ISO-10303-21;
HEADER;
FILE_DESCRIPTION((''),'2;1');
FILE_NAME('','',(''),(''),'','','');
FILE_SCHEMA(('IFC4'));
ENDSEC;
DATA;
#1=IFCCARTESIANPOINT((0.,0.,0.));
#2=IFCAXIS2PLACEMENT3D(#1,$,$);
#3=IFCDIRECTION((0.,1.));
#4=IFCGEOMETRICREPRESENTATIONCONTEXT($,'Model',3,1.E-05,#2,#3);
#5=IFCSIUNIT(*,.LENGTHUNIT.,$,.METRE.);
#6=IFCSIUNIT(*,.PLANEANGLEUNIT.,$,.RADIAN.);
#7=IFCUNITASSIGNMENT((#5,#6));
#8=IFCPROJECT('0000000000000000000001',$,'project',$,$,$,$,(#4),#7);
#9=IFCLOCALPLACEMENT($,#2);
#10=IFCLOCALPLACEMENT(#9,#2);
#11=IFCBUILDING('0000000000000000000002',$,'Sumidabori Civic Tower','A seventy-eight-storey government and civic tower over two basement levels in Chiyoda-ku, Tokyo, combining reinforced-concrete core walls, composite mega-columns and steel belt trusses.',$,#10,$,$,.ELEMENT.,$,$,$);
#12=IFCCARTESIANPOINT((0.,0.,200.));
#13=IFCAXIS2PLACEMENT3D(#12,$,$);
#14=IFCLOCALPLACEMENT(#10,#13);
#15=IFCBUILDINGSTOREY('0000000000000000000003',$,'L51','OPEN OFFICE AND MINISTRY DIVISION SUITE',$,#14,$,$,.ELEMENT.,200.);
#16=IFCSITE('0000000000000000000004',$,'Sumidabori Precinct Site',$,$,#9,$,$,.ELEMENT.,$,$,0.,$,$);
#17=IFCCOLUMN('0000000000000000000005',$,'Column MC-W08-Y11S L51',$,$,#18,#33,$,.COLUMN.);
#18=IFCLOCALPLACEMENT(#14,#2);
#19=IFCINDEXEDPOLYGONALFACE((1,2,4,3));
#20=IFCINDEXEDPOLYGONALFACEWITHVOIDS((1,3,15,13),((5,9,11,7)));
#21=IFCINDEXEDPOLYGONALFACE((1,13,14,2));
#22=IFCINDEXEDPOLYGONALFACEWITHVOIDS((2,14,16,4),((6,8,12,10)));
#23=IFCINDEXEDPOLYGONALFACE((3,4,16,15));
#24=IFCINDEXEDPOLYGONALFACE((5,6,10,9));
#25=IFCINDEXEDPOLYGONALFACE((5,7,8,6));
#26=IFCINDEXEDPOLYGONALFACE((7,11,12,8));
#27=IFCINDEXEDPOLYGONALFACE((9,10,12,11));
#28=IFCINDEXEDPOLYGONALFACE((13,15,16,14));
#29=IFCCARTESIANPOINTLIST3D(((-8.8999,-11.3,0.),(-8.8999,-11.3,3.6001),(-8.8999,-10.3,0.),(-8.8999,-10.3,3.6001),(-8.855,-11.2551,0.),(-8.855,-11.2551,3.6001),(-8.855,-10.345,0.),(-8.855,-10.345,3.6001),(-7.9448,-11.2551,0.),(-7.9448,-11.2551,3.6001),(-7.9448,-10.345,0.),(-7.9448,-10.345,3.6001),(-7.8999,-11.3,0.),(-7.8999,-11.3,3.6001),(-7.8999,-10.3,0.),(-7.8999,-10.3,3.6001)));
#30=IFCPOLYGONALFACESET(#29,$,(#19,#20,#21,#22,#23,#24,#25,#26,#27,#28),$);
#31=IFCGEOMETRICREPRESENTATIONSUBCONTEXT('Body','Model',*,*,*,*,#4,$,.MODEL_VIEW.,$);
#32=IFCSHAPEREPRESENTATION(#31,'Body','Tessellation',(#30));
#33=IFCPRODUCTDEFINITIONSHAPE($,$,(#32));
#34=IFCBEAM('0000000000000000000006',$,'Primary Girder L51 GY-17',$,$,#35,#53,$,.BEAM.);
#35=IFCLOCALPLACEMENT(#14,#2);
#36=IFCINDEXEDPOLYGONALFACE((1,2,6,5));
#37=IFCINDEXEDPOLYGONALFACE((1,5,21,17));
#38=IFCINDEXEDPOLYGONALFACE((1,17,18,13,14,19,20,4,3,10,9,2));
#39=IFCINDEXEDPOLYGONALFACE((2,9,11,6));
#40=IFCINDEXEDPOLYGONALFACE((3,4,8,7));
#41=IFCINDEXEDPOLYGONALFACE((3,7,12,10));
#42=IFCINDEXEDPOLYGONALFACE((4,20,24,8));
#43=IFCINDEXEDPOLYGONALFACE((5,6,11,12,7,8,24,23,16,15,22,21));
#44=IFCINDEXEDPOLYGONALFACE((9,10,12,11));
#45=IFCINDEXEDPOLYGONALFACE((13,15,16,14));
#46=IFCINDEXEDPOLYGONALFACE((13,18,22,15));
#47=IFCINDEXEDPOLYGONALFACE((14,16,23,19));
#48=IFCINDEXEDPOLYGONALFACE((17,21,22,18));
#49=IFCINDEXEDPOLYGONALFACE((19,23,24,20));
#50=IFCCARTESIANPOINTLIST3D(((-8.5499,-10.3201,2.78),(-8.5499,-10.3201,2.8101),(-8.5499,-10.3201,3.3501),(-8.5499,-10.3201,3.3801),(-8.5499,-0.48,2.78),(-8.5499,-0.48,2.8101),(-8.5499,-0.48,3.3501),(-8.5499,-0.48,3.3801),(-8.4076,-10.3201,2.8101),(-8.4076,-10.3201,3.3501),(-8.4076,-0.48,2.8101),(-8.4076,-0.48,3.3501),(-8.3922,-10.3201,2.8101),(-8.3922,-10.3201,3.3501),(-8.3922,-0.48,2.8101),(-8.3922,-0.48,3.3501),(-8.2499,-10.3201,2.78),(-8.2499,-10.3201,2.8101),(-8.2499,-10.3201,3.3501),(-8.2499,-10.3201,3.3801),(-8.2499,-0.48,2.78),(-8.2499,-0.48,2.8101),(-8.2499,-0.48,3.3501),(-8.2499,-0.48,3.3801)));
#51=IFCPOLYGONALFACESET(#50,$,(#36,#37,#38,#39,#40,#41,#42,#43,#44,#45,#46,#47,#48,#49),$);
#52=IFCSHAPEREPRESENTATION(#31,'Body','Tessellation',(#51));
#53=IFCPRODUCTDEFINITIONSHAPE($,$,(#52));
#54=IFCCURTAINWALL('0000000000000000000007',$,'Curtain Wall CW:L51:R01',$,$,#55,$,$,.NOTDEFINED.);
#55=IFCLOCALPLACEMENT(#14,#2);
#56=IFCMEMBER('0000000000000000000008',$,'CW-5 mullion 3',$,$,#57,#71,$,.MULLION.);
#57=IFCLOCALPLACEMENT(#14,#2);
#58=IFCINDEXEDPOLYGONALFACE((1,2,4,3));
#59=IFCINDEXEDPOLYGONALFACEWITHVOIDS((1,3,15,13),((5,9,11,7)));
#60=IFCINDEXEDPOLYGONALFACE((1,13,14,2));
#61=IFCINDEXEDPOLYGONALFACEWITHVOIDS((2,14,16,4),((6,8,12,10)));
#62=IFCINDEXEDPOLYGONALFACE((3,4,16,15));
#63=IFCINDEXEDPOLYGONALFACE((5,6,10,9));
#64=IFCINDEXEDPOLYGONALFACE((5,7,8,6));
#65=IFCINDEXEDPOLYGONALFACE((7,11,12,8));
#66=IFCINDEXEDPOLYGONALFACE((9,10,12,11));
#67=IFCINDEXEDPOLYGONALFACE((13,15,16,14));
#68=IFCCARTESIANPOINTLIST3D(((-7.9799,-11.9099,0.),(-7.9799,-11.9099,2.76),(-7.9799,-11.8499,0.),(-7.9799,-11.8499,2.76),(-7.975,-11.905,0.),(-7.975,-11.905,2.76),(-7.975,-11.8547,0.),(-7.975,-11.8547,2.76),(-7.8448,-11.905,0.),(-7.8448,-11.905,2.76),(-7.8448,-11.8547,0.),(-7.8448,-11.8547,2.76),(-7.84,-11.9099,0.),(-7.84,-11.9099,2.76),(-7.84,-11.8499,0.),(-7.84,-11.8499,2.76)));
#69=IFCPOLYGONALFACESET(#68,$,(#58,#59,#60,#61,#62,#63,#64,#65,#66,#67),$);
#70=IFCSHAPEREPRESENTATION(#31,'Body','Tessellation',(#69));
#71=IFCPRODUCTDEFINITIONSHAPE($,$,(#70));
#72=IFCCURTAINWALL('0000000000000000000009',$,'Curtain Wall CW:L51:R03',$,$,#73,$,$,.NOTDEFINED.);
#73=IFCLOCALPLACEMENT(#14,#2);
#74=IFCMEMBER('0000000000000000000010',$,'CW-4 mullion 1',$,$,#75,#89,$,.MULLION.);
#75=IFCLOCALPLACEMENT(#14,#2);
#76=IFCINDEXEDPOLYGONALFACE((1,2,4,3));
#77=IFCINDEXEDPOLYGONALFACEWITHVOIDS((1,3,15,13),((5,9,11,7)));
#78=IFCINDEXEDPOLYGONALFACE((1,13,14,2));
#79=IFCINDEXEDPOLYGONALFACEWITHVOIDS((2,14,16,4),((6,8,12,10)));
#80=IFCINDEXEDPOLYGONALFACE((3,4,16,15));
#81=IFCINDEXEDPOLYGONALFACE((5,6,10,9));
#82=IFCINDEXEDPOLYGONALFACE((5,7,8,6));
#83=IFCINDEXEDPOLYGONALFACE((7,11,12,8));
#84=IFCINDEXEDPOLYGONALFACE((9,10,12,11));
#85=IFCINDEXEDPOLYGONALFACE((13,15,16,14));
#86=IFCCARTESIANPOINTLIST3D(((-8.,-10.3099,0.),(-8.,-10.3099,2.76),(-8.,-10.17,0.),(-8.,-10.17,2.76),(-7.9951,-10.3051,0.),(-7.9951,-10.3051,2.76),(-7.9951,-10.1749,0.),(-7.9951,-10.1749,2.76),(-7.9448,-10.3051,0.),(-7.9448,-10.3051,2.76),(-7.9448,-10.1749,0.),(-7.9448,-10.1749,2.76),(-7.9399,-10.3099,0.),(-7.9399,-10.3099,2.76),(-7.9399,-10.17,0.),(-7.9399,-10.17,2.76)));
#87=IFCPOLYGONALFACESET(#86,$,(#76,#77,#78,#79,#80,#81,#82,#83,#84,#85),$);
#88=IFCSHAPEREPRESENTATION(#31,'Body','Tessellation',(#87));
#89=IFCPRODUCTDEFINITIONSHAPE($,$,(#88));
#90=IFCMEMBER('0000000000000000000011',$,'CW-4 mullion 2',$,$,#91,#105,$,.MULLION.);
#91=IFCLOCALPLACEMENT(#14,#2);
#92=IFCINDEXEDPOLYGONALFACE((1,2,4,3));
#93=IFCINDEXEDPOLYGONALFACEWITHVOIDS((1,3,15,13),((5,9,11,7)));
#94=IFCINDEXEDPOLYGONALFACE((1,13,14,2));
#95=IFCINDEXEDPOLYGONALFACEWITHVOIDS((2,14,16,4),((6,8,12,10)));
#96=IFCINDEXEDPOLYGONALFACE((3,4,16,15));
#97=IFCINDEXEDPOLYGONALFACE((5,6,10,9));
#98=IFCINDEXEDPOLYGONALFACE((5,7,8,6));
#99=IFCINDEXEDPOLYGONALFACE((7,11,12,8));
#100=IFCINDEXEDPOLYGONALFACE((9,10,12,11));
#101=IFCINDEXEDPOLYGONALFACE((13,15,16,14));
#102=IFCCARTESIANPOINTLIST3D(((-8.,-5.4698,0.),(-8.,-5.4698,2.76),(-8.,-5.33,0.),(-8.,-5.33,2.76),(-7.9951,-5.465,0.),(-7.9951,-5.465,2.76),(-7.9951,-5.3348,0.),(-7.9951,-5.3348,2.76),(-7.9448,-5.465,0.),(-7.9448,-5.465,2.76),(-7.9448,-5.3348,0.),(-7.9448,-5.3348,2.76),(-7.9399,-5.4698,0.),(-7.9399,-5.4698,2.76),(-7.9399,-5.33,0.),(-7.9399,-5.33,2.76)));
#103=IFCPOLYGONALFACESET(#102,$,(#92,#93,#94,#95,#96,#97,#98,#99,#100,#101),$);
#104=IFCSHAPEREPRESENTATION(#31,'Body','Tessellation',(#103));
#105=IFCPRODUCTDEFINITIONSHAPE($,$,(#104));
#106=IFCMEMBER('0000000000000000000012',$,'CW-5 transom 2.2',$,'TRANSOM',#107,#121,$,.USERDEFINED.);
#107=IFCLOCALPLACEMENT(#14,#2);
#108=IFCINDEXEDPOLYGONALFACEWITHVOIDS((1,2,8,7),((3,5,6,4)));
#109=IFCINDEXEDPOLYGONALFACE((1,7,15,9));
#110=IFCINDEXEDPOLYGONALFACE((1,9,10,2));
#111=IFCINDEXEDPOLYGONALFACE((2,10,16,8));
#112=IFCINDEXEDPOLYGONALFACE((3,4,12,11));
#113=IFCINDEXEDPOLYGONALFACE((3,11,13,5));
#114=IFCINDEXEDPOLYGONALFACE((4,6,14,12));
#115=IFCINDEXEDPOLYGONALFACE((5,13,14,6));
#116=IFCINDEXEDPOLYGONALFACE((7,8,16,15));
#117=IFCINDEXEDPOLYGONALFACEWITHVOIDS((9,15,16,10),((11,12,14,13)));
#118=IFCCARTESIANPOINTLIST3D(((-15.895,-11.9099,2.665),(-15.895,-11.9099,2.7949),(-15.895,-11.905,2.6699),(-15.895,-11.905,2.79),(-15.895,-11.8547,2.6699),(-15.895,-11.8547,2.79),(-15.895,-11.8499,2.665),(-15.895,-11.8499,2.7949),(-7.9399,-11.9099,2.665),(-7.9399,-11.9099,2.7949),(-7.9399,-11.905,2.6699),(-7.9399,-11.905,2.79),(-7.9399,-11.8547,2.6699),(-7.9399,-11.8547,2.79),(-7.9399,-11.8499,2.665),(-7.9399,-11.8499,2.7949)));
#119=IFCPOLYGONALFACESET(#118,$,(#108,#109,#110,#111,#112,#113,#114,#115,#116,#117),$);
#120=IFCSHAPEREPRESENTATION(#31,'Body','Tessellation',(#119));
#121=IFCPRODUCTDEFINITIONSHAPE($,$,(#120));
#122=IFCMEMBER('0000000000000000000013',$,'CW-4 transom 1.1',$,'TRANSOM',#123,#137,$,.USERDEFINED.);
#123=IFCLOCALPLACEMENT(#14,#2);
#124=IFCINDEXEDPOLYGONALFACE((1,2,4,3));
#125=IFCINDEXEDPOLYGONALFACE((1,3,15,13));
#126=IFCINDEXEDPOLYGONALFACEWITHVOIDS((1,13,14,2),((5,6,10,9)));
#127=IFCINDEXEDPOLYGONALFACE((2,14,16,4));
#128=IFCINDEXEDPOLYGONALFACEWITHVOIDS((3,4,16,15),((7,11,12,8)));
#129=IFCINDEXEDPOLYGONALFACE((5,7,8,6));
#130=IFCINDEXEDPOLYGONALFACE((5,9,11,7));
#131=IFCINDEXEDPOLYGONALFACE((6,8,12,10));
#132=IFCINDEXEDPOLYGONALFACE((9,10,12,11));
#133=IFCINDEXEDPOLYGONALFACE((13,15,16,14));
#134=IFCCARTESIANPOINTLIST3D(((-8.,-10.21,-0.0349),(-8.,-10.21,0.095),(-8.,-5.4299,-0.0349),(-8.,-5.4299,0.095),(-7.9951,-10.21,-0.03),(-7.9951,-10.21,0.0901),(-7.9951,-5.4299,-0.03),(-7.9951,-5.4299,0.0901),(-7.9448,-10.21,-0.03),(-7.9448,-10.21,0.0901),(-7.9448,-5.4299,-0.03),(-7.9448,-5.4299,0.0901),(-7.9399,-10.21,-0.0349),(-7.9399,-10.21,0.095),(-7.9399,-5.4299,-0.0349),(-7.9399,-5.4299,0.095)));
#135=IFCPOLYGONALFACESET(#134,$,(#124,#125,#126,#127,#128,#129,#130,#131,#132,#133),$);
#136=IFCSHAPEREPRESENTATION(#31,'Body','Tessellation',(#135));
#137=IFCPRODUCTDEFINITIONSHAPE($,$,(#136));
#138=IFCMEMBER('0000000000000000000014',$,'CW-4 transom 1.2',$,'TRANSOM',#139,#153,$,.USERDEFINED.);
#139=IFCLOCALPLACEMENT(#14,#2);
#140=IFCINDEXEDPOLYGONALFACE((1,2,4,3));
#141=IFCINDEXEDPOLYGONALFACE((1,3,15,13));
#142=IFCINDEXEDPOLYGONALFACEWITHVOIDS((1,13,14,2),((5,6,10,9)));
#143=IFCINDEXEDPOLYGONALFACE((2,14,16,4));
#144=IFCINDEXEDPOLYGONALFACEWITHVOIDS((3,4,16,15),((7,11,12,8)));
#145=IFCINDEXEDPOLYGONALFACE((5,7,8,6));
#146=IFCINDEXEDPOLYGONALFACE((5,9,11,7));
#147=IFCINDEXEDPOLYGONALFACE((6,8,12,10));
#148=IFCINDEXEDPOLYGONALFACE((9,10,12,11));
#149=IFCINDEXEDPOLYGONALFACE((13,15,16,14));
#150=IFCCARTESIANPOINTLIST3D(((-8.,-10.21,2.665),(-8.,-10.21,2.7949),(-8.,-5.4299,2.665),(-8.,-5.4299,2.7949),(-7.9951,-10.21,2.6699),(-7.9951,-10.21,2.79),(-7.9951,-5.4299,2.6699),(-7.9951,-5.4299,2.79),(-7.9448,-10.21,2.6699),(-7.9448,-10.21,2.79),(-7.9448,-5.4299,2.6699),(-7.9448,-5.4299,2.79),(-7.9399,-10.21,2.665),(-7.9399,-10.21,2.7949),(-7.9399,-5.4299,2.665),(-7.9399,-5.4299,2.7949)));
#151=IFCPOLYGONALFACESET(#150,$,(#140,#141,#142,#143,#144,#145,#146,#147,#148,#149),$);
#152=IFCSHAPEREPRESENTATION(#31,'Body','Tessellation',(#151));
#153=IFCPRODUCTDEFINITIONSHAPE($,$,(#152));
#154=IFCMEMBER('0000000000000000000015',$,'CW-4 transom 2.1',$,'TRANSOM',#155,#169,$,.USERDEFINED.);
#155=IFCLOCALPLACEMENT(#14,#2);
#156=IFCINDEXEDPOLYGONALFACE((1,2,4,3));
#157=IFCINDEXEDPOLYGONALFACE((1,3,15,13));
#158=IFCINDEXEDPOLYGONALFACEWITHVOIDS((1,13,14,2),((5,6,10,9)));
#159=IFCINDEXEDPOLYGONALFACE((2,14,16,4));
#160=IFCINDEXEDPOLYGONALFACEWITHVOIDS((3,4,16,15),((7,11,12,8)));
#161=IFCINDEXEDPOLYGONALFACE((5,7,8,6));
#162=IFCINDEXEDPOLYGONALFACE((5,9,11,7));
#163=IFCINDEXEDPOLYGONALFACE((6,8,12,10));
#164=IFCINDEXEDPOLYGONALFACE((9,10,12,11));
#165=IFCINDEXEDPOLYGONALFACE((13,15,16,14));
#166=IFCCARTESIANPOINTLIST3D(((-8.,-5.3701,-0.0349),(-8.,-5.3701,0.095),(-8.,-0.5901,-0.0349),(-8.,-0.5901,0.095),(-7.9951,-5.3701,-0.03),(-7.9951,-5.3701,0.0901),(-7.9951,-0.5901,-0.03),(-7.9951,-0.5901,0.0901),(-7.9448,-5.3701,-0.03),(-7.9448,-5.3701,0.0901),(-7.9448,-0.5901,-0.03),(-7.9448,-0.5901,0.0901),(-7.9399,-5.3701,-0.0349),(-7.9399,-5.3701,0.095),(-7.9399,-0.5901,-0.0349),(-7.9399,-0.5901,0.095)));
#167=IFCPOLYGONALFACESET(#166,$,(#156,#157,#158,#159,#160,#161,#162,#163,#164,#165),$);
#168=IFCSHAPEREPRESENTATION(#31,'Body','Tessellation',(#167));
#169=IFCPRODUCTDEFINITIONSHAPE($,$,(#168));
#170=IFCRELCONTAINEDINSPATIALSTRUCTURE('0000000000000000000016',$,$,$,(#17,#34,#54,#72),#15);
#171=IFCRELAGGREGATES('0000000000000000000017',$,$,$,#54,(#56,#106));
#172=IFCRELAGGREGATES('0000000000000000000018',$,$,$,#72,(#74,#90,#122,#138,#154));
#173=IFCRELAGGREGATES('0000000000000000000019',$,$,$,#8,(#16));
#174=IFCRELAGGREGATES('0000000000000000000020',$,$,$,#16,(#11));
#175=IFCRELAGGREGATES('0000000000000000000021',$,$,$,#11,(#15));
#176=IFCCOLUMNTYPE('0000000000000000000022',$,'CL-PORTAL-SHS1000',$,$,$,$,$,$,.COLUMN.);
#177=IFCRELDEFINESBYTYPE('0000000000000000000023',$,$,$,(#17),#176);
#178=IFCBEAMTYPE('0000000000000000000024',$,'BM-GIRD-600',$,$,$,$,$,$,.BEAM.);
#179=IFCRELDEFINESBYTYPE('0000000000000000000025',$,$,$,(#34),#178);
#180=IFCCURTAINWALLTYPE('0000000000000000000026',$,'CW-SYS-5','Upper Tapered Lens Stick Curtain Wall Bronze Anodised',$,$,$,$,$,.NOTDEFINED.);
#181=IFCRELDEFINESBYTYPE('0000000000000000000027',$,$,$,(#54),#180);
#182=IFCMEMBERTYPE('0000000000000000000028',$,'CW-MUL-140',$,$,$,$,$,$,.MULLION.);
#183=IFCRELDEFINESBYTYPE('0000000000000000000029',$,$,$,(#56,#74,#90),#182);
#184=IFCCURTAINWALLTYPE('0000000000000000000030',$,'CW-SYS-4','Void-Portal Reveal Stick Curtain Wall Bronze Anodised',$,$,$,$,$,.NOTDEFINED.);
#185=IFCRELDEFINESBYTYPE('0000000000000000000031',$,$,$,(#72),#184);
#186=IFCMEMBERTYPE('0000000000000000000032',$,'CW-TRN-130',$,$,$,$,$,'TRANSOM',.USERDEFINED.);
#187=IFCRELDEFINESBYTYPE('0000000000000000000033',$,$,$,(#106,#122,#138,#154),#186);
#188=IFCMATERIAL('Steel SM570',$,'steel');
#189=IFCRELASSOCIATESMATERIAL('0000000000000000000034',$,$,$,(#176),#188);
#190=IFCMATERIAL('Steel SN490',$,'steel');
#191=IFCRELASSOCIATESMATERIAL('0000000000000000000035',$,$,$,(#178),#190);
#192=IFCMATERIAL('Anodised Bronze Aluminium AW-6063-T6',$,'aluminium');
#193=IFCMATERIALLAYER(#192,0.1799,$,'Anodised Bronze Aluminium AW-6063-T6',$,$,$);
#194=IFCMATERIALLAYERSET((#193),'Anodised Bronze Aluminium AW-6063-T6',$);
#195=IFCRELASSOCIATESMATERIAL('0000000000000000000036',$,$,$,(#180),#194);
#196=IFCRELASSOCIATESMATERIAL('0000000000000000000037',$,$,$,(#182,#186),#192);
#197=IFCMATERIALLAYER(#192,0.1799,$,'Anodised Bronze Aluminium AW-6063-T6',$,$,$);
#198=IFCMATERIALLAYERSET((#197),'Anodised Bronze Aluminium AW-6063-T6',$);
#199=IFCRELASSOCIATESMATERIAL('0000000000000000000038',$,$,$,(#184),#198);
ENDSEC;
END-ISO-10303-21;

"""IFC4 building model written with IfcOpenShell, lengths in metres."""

from ifc_helpers import new_model, si_unit, direction, frame, origin, origin_2d, place, context, subcontext, project, spatial, hollow_rectangle, i_section, extrude, source, transform, mapped, material, layer, layer_set, material_profile, profile_set, type_object, element, aggregate, save


model = new_model("IFC4")

# Units and contexts
model_context = context("Model", 3, precision=1e-05, world=origin(), true_north=direction((0.0, 1.0)))
body_context = subcontext(model_context, "Body", "Model", "MODEL_VIEW")
ifc_project = project(units=[si_unit("LENGTHUNIT", "METRE"), si_unit("PLANEANGLEUNIT", "RADIAN")], contexts=[model_context])

# Site, building, storey
site_placement = place(None, origin())
site = spatial("IfcSite", under=ifc_project, at=site_placement, Name="Sumidabori Precinct Site", CompositionType="ELEMENT", RefElevation=0.0)
building_placement = place(site_placement, origin())
building = spatial("IfcBuilding", under=site, at=building_placement, Name="Sumidabori Civic Tower", Description="A seventy-eight-storey government and civic tower over two basement levels in Chiyoda-ku, Tokyo, combining reinforced-concrete core walls, composite mega-columns and steel belt trusses.", CompositionType="ELEMENT")
storey_placement = place(building_placement, frame((0.0, 0.0, 200.0)))
storey = spatial("IfcBuildingStorey", under=building, at=storey_placement, Name="L51", Description="OPEN OFFICE AND MINISTRY DIVISION SUITE", CompositionType="ELEMENT", Elevation=200.0)

# Column
ifc_material_1 = material(Name="Steel SM570", Category="steel")
ifc_material_profile_1 = material_profile(ifc_material_1, hollow_rectangle(XDim=1.0, YDim=1.0, WallThickness=0.0449, at=origin_2d()), Name="SHS 1000x1000x45")
ifc_profile_set_1 = profile_set([ifc_material_profile_1], Name="Steel SM570")
column_type = type_object("IfcColumnType", Name="CL-PORTAL-SHS1000", PredefinedType="COLUMN", material=ifc_profile_set_1)
shared_shape_1 = source(origin(), body_context, "Body", "SweptSolid", [
    extrude(hollow_rectangle(XDim=1.0, YDim=1.0, WallThickness=0.0449, at=origin_2d()), origin(), (0.0, 0.0, 1.0), 3.6001),
])
column_placement = place(storey_placement, frame((-8.3999, -10.8, 0.0), z_axis=(0.0, 0.0, 1.0), x_axis=(1.0, 0.0, 0.0)))
element("IfcColumn", 1, at=column_placement, inside=storey, type_object=column_type, Name="Column MC-W08-Y11S L51", PredefinedType="COLUMN", context=body_context, shape_type="MappedRepresentation", body=[
    mapped(shared_shape_1, transform((0.0, 0.0, 0.0), x_axis=(1.0, 0.0, 0.0), y_axis=(0.0, 1.0, 0.0), z_axis=(0.0, 0.0, 1.0), scale=1.0)),
])

# Beam
ifc_material_2 = material(Name="Steel SN490", Category="steel")
ifc_material_profile_2 = material_profile(ifc_material_2, i_section(OverallWidth=0.3, OverallDepth=0.6001, WebThickness=0.0154, FlangeThickness=0.03, at=origin_2d()), Name="HE 600 B")
ifc_profile_set_2 = profile_set([ifc_material_profile_2], Name="Steel SN490")
beam_type = type_object("IfcBeamType", Name="BM-GIRD-600", PredefinedType="BEAM", material=ifc_profile_set_2)
shared_shape_2 = source(origin(), body_context, "Body", "SweptSolid", [
    extrude(i_section(OverallWidth=0.3, OverallDepth=0.6001, WebThickness=0.0154, FlangeThickness=0.03, at=origin_2d()), origin(), (0.0, 0.0, 1.0), 9.8401),
])
beam_placement = place(storey_placement, frame((-8.3999, -10.3201, 3.0801), z_axis=(0.0, 1.0, 0.0), x_axis=(-1.0, 0.0, 0.0)))
element("IfcBeam", 2, at=beam_placement, inside=storey, type_object=beam_type, Name="Primary Girder L51 GY-17", PredefinedType="BEAM", context=body_context, shape_type="MappedRepresentation", body=[
    mapped(shared_shape_2, transform((0.0, 0.0, 0.0), x_axis=(1.0, 0.0, 0.0), y_axis=(0.0, 1.0, 0.0), z_axis=(0.0, 0.0, 1.0), scale=1.0)),
])

# Curtain wall, member
ifc_material_3 = material(Name="Anodised Bronze Aluminium AW-6063-T6", Category="aluminium")
ifc_layer_1 = layer(ifc_material_3, 0.1799, Name="Anodised Bronze Aluminium AW-6063-T6")
ifc_layer_set_1 = layer_set([ifc_layer_1], Name="Anodised Bronze Aluminium AW-6063-T6")
curtain_wall_type_1 = type_object("IfcCurtainWallType", Name="CW-SYS-5", Description="Upper Tapered Lens Stick Curtain Wall Bronze Anodised", PredefinedType="NOTDEFINED", material=ifc_layer_set_1)
curtain_wall_1_placement = place(storey_placement, origin())
curtain_wall_1 = element("IfcCurtainWall", 3, at=curtain_wall_1_placement, inside=storey, type_object=curtain_wall_type_1, Name="Curtain Wall CW:L51:R01", PredefinedType="NOTDEFINED")
ifc_material_profile_3 = material_profile(ifc_material_3, hollow_rectangle(XDim=0.0601, YDim=0.1399, WallThickness=0.0049, at=origin_2d()), Name="ALU MULLION 140x60")
ifc_profile_set_3 = profile_set([ifc_material_profile_3], Name="Anodised Bronze Aluminium AW-6063-T6")
member_type_1 = type_object("IfcMemberType", Name="CW-MUL-140", PredefinedType="MULLION", material=ifc_profile_set_3)
shared_shape_3 = source(origin(), body_context, "Body", "SweptSolid", [
    extrude(hollow_rectangle(XDim=0.0601, YDim=0.1399, WallThickness=0.0049, at=origin_2d()), origin(), (0.0, 0.0, 1.0), 2.76),
])
member_1_placement = place(storey_placement, frame((-7.9099, -11.8799, 0.0), z_axis=(0.0, 0.0, 1.0), x_axis=(0.0, 1.0, 0.0)))
member_1 = element("IfcMember", 4, at=member_1_placement, type_object=member_type_1, Name="CW-5 mullion 3", PredefinedType="MULLION", context=body_context, shape_type="MappedRepresentation", body=[
    mapped(shared_shape_3, transform((0.0, 0.0, 0.0), x_axis=(1.0, 0.0, 0.0), y_axis=(0.0, 1.0, 0.0), z_axis=(0.0, 0.0, 1.0), scale=1.0)),
])

# Curtain wall, members
ifc_layer_2 = layer(ifc_material_3, 0.1799, Name="Anodised Bronze Aluminium AW-6063-T6")
ifc_layer_set_2 = layer_set([ifc_layer_2], Name="Anodised Bronze Aluminium AW-6063-T6")
curtain_wall_type_2 = type_object("IfcCurtainWallType", Name="CW-SYS-4", Description="Void-Portal Reveal Stick Curtain Wall Bronze Anodised", PredefinedType="NOTDEFINED", material=ifc_layer_set_2)
curtain_wall_2_placement = place(storey_placement, origin())
curtain_wall_2 = element("IfcCurtainWall", 5, at=curtain_wall_2_placement, inside=storey, type_object=curtain_wall_type_2, Name="Curtain Wall CW:L51:R03", PredefinedType="NOTDEFINED")
member_2_placement = place(storey_placement, frame((-7.97, -10.24, 0.0), z_axis=(0.0, 0.0, 1.0), x_axis=(-1.0, 0.0, 0.0)))
member_2 = element("IfcMember", 6, at=member_2_placement, type_object=member_type_1, Name="CW-4 mullion 1", PredefinedType="MULLION", context=body_context, shape_type="MappedRepresentation", body=[
    mapped(shared_shape_3, transform((0.0, 0.0, 0.0), x_axis=(1.0, 0.0, 0.0), y_axis=(0.0, 1.0, 0.0), z_axis=(0.0, 0.0, 1.0), scale=1.0)),
])
member_3_placement = place(storey_placement, frame((-7.97, -5.3999, 0.0), z_axis=(0.0, 0.0, 1.0), x_axis=(-1.0, 0.0, 0.0)))
member_3 = element("IfcMember", 7, at=member_3_placement, type_object=member_type_1, Name="CW-4 mullion 2", PredefinedType="MULLION", context=body_context, shape_type="MappedRepresentation", body=[
    mapped(shared_shape_3, transform((0.0, 0.0, 0.0), x_axis=(1.0, 0.0, 0.0), y_axis=(0.0, 1.0, 0.0), z_axis=(0.0, 0.0, 1.0), scale=1.0)),
])

# Members
ifc_material_profile_4 = material_profile(ifc_material_3, hollow_rectangle(XDim=0.0601, YDim=0.1299, WallThickness=0.0049, at=origin_2d()), Name="ALU TRANSOM 130x60")
ifc_profile_set_4 = profile_set([ifc_material_profile_4], Name="Anodised Bronze Aluminium AW-6063-T6")
member_type_2 = type_object("IfcMemberType", Name="CW-TRN-130", ElementType="TRANSOM", PredefinedType="USERDEFINED", material=ifc_profile_set_4)
shared_shape_4 = source(origin(), body_context, "Body", "SweptSolid", [
    extrude(hollow_rectangle(XDim=0.0601, YDim=0.1299, WallThickness=0.0049, at=origin_2d()), origin(), (0.0, 0.0, 1.0), 7.9551),
])
member_4_placement = place(storey_placement, frame((-15.895, -11.8799, 2.73), z_axis=(1.0, 0.0, 0.0), x_axis=(0.0, 1.0, 0.0)))
member_4 = element("IfcMember", 8, at=member_4_placement, type_object=member_type_2, Name="CW-5 transom 2.2", ObjectType="TRANSOM", PredefinedType="USERDEFINED", context=body_context, shape_type="MappedRepresentation", body=[
    mapped(shared_shape_4, transform((0.0, 0.0, 0.0), x_axis=(1.0, 0.0, 0.0), y_axis=(0.0, 1.0, 0.0), z_axis=(0.0, 0.0, 1.0), scale=1.0)),
])
shared_shape_5 = source(origin(), body_context, "Body", "SweptSolid", [
    extrude(hollow_rectangle(XDim=0.0601, YDim=0.1299, WallThickness=0.0049, at=origin_2d()), origin(), (0.0, 0.0, 1.0), 4.78),
])
member_5_placement = place(storey_placement, frame((-7.97, -10.21, 0.03), z_axis=(0.0, 1.0, 0.0), x_axis=(-1.0, 0.0, 0.0)))
member_5 = element("IfcMember", 9, at=member_5_placement, type_object=member_type_2, Name="CW-4 transom 1.1", ObjectType="TRANSOM", PredefinedType="USERDEFINED", context=body_context, shape_type="MappedRepresentation", body=[
    mapped(shared_shape_5, transform((0.0, 0.0, 0.0), x_axis=(1.0, 0.0, 0.0), y_axis=(0.0, 1.0, 0.0), z_axis=(0.0, 0.0, 1.0), scale=1.0)),
])
member_6_placement = place(storey_placement, frame((-7.97, -10.21, 2.73), z_axis=(0.0, 1.0, 0.0), x_axis=(-1.0, 0.0, 0.0)))
member_6 = element("IfcMember", 10, at=member_6_placement, type_object=member_type_2, Name="CW-4 transom 1.2", ObjectType="TRANSOM", PredefinedType="USERDEFINED", context=body_context, shape_type="MappedRepresentation", body=[
    mapped(shared_shape_5, transform((0.0, 0.0, 0.0), x_axis=(1.0, 0.0, 0.0), y_axis=(0.0, 1.0, 0.0), z_axis=(0.0, 0.0, 1.0), scale=1.0)),
])
member_7_placement = place(storey_placement, frame((-7.97, -5.3701, 0.03), z_axis=(0.0, 1.0, 0.0), x_axis=(-1.0, 0.0, 0.0)))
member_7 = element("IfcMember", 11, at=member_7_placement, type_object=member_type_2, Name="CW-4 transom 2.1", ObjectType="TRANSOM", PredefinedType="USERDEFINED", context=body_context, shape_type="MappedRepresentation", body=[
    mapped(shared_shape_5, transform((0.0, 0.0, 0.0), x_axis=(1.0, 0.0, 0.0), y_axis=(0.0, 1.0, 0.0), z_axis=(0.0, 0.0, 1.0), scale=1.0)),
])

aggregate(curtain_wall_1, [member_1, member_4])
aggregate(curtain_wall_2, [member_2, member_3, member_5, member_6, member_7])

save(model, "model.ifc")
